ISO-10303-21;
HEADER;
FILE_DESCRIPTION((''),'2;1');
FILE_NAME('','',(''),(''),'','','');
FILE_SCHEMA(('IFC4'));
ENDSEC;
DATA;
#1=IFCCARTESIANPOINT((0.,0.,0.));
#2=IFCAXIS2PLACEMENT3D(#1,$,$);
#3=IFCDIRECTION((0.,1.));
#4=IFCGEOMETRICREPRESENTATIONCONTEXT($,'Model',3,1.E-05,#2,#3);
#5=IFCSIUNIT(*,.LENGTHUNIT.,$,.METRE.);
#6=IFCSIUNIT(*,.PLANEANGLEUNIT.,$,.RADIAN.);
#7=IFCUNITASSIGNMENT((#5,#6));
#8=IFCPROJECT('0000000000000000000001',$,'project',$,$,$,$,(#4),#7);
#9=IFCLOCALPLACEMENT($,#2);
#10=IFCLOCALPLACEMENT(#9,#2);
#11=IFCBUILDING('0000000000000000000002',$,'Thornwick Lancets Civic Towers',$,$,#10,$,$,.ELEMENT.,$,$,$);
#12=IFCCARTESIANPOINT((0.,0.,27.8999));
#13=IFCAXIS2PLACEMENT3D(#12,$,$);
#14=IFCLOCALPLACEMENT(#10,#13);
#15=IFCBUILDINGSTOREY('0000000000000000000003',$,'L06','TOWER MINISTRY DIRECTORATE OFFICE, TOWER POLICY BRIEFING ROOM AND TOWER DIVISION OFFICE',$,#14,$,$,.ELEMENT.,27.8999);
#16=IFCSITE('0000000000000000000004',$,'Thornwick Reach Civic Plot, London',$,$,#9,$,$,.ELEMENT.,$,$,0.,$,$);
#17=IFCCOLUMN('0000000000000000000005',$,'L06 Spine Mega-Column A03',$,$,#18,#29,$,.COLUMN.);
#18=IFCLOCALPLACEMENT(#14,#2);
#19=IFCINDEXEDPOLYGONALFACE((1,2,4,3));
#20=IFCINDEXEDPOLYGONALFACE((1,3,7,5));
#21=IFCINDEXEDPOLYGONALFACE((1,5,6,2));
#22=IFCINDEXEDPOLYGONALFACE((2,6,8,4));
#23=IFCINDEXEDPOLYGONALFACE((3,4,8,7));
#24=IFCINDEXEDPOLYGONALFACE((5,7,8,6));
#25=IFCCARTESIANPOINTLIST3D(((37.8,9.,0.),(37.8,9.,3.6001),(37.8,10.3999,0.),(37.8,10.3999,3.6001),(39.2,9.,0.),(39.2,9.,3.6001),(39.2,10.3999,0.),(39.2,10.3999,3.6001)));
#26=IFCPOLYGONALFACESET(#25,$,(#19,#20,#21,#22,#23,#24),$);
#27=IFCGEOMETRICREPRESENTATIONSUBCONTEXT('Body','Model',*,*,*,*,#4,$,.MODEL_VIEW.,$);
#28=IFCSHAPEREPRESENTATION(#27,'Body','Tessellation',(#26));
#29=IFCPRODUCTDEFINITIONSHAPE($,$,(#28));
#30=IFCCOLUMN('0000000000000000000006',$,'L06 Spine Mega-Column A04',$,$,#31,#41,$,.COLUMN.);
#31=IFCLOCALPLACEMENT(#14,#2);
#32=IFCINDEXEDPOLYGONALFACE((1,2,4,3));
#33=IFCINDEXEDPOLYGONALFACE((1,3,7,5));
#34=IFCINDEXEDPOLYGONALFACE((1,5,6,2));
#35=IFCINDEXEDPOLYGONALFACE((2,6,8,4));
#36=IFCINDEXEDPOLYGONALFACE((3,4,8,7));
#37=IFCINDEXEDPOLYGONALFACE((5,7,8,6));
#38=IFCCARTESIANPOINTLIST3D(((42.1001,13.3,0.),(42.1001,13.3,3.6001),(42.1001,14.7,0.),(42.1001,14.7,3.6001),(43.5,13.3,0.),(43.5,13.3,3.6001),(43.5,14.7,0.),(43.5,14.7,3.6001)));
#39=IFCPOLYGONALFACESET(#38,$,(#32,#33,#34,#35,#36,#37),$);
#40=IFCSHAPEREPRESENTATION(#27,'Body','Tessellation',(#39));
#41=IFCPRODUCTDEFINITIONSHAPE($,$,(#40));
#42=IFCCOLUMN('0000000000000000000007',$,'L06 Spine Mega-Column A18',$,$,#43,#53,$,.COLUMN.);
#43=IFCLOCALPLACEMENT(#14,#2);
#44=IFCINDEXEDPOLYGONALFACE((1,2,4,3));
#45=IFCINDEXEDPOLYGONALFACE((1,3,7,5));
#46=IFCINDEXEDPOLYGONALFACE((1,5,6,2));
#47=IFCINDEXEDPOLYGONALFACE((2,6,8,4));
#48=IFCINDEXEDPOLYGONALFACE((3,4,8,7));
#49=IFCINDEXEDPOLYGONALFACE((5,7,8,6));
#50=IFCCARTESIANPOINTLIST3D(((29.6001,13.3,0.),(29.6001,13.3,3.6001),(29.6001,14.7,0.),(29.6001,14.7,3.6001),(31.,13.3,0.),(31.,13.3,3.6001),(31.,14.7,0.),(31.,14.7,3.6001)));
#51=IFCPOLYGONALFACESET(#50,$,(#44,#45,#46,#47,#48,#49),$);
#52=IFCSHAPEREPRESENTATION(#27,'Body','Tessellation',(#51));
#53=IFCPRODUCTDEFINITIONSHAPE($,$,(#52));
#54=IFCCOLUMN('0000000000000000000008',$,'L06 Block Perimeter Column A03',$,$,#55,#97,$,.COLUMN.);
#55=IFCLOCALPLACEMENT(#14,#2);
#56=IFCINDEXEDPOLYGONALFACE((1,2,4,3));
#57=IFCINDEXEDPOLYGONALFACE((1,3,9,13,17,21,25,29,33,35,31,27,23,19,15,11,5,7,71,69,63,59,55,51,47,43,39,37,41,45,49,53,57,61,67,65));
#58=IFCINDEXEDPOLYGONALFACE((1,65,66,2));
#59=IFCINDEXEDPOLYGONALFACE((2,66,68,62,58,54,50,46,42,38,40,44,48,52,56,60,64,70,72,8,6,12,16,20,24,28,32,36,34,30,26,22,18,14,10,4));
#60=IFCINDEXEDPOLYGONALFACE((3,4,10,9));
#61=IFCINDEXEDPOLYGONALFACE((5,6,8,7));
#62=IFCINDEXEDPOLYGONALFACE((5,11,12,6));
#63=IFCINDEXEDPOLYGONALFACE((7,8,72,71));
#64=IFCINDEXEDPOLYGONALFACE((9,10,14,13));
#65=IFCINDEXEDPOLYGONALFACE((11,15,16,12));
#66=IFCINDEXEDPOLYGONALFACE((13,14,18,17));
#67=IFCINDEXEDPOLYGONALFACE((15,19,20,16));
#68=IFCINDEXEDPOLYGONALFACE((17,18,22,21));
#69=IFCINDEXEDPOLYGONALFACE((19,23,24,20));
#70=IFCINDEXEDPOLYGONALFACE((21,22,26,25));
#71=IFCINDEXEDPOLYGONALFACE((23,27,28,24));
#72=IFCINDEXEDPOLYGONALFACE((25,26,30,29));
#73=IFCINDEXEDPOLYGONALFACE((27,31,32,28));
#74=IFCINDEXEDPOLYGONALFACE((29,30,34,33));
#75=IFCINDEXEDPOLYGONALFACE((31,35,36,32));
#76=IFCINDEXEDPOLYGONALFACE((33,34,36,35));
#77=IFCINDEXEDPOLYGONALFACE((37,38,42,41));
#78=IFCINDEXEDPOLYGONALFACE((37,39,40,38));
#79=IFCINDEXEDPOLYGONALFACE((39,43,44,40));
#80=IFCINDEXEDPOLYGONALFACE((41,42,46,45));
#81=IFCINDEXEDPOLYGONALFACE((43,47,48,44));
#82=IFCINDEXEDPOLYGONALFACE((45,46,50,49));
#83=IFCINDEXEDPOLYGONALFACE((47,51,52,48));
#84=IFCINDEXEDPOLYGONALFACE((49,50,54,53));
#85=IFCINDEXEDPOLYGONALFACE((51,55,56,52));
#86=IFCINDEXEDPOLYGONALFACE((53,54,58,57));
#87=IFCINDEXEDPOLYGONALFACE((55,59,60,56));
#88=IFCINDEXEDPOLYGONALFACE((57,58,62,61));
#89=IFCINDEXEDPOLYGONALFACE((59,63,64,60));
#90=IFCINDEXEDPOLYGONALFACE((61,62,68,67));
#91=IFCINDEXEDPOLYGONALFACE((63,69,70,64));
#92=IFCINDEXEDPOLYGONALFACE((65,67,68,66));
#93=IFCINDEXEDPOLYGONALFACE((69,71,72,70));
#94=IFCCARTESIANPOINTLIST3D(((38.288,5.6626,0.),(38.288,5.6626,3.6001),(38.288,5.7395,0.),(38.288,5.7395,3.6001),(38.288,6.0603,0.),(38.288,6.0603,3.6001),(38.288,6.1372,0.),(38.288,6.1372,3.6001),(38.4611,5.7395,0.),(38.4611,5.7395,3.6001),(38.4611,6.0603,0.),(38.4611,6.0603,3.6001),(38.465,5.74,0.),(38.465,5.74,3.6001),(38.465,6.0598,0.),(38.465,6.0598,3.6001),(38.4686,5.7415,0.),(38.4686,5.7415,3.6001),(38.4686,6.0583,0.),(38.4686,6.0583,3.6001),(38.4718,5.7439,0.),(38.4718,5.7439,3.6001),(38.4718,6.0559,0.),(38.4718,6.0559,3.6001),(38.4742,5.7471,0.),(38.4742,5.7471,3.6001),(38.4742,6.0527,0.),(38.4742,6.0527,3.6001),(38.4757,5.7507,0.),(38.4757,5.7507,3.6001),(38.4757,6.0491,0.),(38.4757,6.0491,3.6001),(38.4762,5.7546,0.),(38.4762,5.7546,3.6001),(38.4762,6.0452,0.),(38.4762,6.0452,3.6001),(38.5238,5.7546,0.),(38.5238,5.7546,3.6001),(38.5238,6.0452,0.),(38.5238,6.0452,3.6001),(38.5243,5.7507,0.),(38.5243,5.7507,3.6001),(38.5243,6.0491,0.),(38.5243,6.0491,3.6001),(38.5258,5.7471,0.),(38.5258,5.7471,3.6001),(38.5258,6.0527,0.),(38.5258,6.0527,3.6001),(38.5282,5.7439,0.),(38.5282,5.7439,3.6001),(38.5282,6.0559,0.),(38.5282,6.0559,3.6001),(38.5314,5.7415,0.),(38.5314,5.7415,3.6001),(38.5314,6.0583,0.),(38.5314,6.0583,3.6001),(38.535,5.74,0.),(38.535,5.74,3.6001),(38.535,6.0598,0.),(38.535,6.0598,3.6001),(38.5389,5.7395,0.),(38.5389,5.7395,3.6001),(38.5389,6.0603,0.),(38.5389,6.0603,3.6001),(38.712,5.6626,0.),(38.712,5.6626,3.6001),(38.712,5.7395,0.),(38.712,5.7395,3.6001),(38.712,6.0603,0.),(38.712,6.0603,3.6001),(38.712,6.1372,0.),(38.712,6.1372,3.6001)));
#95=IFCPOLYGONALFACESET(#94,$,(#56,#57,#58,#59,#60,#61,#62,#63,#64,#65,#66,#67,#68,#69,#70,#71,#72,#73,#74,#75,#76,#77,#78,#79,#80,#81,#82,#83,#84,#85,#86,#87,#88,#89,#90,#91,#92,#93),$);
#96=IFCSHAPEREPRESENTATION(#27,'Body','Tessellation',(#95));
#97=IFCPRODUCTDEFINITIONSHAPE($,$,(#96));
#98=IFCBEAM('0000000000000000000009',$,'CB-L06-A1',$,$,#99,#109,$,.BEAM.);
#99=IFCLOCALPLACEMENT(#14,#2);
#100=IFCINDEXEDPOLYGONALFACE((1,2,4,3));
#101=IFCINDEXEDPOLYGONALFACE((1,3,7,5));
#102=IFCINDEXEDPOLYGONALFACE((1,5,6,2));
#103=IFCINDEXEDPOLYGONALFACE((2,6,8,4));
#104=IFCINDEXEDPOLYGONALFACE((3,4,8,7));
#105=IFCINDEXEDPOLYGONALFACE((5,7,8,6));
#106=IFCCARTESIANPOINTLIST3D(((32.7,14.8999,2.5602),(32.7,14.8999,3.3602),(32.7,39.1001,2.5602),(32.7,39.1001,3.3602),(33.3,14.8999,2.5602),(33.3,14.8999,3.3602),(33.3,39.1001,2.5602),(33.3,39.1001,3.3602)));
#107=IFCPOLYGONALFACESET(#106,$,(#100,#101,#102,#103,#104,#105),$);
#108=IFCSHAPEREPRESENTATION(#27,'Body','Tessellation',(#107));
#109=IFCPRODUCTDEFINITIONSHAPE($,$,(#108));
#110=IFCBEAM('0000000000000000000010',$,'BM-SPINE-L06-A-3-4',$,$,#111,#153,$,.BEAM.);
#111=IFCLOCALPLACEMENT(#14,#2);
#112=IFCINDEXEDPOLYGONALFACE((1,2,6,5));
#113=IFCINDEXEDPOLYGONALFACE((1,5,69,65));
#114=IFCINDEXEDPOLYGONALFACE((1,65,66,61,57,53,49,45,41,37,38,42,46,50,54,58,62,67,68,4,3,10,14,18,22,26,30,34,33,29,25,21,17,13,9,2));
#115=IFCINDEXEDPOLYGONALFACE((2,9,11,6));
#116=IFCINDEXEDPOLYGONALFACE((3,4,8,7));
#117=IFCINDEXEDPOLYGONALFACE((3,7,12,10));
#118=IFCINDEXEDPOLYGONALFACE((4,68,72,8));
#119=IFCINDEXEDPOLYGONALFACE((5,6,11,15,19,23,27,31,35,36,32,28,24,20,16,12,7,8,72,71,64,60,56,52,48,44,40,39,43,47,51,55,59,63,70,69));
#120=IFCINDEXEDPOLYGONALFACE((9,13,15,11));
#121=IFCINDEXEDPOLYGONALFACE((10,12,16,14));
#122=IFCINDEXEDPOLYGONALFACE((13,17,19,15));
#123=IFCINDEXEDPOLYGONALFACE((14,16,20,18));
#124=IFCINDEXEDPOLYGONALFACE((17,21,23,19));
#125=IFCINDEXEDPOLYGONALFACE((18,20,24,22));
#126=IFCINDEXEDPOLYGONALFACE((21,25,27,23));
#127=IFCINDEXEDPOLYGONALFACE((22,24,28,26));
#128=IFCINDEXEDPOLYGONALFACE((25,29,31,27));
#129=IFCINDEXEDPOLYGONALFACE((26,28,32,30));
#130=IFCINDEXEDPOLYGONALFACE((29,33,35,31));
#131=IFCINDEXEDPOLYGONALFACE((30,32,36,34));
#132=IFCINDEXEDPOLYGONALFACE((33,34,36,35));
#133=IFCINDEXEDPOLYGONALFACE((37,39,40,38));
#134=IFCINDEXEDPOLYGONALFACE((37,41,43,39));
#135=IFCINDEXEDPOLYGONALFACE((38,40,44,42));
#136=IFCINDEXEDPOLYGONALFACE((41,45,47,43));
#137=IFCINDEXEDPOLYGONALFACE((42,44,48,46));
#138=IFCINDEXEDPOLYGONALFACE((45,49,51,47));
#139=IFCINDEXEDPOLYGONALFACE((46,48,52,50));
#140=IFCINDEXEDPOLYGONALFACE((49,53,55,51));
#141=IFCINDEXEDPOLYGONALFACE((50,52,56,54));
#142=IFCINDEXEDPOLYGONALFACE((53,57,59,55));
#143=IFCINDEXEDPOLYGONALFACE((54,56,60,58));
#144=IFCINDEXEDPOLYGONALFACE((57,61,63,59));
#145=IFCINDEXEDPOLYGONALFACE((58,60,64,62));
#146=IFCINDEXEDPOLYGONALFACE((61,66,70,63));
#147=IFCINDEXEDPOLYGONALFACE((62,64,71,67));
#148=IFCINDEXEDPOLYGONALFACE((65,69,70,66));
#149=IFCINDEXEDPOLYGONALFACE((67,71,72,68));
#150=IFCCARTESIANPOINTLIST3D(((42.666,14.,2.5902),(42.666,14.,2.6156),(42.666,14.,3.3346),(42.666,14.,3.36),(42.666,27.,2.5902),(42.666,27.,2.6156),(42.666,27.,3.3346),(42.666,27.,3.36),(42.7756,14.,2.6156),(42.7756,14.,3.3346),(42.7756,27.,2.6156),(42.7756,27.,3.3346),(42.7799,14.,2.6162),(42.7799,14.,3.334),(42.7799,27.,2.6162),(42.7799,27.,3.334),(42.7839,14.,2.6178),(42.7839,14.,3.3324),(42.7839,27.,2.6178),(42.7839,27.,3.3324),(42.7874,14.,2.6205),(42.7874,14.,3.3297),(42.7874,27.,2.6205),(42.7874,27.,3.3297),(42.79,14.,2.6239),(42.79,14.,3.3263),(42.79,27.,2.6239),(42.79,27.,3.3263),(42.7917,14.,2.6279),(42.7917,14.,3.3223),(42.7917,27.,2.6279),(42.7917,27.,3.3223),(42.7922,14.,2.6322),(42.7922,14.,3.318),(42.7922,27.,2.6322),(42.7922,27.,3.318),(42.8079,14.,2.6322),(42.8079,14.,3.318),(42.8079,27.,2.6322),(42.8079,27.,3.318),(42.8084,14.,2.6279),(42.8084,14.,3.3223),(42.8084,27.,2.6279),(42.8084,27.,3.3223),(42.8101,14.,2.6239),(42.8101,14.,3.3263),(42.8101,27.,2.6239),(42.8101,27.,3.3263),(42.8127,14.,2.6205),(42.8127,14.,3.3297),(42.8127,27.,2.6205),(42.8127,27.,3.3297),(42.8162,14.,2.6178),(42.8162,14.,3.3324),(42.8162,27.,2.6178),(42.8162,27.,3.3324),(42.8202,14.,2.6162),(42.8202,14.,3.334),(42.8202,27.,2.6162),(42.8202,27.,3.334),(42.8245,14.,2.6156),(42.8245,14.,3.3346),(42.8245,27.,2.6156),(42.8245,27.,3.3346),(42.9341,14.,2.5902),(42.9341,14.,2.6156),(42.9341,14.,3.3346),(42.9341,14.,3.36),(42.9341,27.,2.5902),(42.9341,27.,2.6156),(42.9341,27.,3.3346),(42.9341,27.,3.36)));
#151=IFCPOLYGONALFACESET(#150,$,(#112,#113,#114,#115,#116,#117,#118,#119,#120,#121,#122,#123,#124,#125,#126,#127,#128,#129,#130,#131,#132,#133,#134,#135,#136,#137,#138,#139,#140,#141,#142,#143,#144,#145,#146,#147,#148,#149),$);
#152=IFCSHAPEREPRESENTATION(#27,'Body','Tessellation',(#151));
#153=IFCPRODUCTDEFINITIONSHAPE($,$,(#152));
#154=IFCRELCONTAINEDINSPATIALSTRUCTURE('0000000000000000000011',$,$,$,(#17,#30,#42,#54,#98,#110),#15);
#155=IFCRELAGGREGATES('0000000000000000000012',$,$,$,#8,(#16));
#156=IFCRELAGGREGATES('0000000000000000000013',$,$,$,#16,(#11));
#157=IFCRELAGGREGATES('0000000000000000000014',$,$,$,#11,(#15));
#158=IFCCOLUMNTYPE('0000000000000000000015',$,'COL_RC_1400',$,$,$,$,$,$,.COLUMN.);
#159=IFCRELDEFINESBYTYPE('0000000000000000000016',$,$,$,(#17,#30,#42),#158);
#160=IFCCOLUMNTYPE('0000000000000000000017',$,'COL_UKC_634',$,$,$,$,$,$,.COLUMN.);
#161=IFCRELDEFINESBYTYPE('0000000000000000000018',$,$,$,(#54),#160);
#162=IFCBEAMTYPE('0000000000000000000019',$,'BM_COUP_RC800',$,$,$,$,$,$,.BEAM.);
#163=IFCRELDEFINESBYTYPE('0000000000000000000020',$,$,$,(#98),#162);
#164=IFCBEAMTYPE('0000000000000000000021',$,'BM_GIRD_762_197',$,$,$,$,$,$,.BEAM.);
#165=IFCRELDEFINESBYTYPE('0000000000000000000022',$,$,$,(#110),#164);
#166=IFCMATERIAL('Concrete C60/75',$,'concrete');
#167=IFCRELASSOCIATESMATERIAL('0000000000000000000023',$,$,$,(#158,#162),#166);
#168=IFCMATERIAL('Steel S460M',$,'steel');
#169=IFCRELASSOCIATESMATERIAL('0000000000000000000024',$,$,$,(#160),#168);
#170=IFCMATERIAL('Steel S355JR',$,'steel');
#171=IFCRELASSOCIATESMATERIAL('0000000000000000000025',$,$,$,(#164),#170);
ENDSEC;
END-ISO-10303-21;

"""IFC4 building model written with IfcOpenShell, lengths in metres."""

from ifc_helpers import new_model, si_unit, direction, frame, origin, origin_2d, place, context, subcontext, project, spatial, rectangle, i_section, extrude, material, material_profile, profile_set, type_object, element, save


model = new_model("IFC4")

# Units and contexts
model_context = context("Model", 3, precision=1e-05, world=origin(), true_north=direction((0.0, 1.0)))
body_context = subcontext(model_context, "Body", "Model", "MODEL_VIEW")
ifc_project = project(units=[si_unit("LENGTHUNIT", "METRE"), si_unit("PLANEANGLEUNIT", "RADIAN")], contexts=[model_context])

# Site, building, storey
site_placement = place(None, origin())
site = spatial("IfcSite", under=ifc_project, at=site_placement, Name="Thornwick Reach Civic Plot, London", CompositionType="ELEMENT", RefElevation=0.0)
building_placement = place(site_placement, origin())
building = spatial("IfcBuilding", under=site, at=building_placement, Name="Thornwick Lancets Civic Towers", CompositionType="ELEMENT")
storey_placement = place(building_placement, frame((0.0, 0.0, 27.8999)))
storey = spatial("IfcBuildingStorey", under=building, at=storey_placement, Name="L06", Description="TOWER MINISTRY DIRECTORATE OFFICE, TOWER POLICY BRIEFING ROOM AND TOWER DIVISION OFFICE", CompositionType="ELEMENT", Elevation=27.8999)

# Columns
ifc_material_1 = material(Name="Concrete C60/75", Category="concrete")
ifc_material_profile_1 = material_profile(ifc_material_1, rectangle(XDim=1.3999, YDim=1.3999, at=origin_2d()), Name="RC 1400x1400")
ifc_profile_set_1 = profile_set([ifc_material_profile_1], Name="Concrete C60/75")
column_type_1 = type_object("IfcColumnType", Name="COL_RC_1400", PredefinedType="COLUMN", material=ifc_profile_set_1)
for number, where, z_axis, x_axis, name in (
    (1, (38.5, 9.7, 0.0), (0.0, 0.0, 1.0), (1.0, 0.0, 0.0), "L06 Spine Mega-Column A03"),
    (2, (42.8, 14.0, 0.0), (0.0, 0.0, 1.0), (1.0, 0.0, 0.0), "L06 Spine Mega-Column A04"),
    (3, (30.3, 14.0, 0.0), (0.0, 0.0, 1.0), (1.0, 0.0, 0.0), "L06 Spine Mega-Column A18"),
):
    element("IfcColumn", number, at=place(storey_placement, frame(where, z_axis=z_axis, x_axis=x_axis)), inside=storey, type_object=column_type_1, Name=name, PredefinedType="COLUMN", context=body_context, shape_type="SweptSolid", body=[
        extrude(rectangle(XDim=1.3999, YDim=1.3999, at=origin_2d()), origin(), (0.0, 0.0, 1.0), 3.6001),
    ])
ifc_material_2 = material(Name="Steel S460M", Category="steel")
ifc_material_profile_2 = material_profile(ifc_material_2, i_section(OverallWidth=0.4241, OverallDepth=0.4746, WebThickness=0.0476, FlangeThickness=0.0769, FilletRadius=0.0151, at=origin_2d()), Name="UKC 356x406x634")
ifc_profile_set_2 = profile_set([ifc_material_profile_2], Name="Steel S460M")
column_type_2 = type_object("IfcColumnType", Name="COL_UKC_634", PredefinedType="COLUMN", material=ifc_profile_set_2)
column_placement = place(storey_placement, frame((38.5, 5.8999, 0.0), z_axis=(0.0, 0.0, 1.0), x_axis=(1.0, 0.0, 0.0)))
element("IfcColumn", 4, at=column_placement, inside=storey, type_object=column_type_2, Name="L06 Block Perimeter Column A03", PredefinedType="COLUMN", context=body_context, shape_type="SweptSolid", body=[
    extrude(i_section(OverallWidth=0.4241, OverallDepth=0.4746, WebThickness=0.0476, FlangeThickness=0.0769, FilletRadius=0.0151, at=origin_2d()), origin(), (0.0, 0.0, 1.0), 3.6001),
])

# Beams
ifc_material_profile_3 = material_profile(ifc_material_1, rectangle(XDim=0.6001, YDim=0.8, at=origin_2d()), Name="RC 600x800")
ifc_profile_set_3 = profile_set([ifc_material_profile_3], Name="Concrete C60/75")
beam_type_1 = type_object("IfcBeamType", Name="BM_COUP_RC800", PredefinedType="BEAM", material=ifc_profile_set_3)
beam_1_placement = place(storey_placement, frame((33.0, 14.8999, 2.9602), z_axis=(0.0, 1.0, 0.0), x_axis=(-1.0, 0.0, 0.0)))
element("IfcBeam", 5, at=beam_1_placement, inside=storey, type_object=beam_type_1, Name="CB-L06-A1", PredefinedType="BEAM", context=body_context, shape_type="SweptSolid", body=[
    extrude(rectangle(XDim=0.6001, YDim=0.8, at=origin_2d()), origin(), (0.0, 0.0, 1.0), 24.2002),
])
ifc_material_3 = material(Name="Steel S355JR", Category="steel")
ifc_material_profile_4 = material_profile(ifc_material_3, i_section(OverallWidth=0.2681, OverallDepth=0.7698, WebThickness=0.0156, FlangeThickness=0.0254, FilletRadius=0.0166, at=origin_2d()), Name="UKB 762x267x197")
ifc_profile_set_4 = profile_set([ifc_material_profile_4], Name="Steel S355JR")
beam_type_2 = type_object("IfcBeamType", Name="BM_GIRD_762_197", PredefinedType="BEAM", material=ifc_profile_set_4)
beam_2_placement = place(storey_placement, frame((42.8, 14.0, 2.9751), z_axis=(0.0, 1.0, 0.0), x_axis=(-1.0, 0.0, 0.0)))
element("IfcBeam", 6, at=beam_2_placement, inside=storey, type_object=beam_type_2, Name="BM-SPINE-L06-A-3-4", PredefinedType="BEAM", context=body_context, shape_type="SweptSolid", body=[
    extrude(i_section(OverallWidth=0.2681, OverallDepth=0.7698, WebThickness=0.0156, FlangeThickness=0.0254, FilletRadius=0.0166, at=origin_2d()), origin(), (0.0, 0.0, 1.0), 13.0),
])

save(model, "model.ifc")
